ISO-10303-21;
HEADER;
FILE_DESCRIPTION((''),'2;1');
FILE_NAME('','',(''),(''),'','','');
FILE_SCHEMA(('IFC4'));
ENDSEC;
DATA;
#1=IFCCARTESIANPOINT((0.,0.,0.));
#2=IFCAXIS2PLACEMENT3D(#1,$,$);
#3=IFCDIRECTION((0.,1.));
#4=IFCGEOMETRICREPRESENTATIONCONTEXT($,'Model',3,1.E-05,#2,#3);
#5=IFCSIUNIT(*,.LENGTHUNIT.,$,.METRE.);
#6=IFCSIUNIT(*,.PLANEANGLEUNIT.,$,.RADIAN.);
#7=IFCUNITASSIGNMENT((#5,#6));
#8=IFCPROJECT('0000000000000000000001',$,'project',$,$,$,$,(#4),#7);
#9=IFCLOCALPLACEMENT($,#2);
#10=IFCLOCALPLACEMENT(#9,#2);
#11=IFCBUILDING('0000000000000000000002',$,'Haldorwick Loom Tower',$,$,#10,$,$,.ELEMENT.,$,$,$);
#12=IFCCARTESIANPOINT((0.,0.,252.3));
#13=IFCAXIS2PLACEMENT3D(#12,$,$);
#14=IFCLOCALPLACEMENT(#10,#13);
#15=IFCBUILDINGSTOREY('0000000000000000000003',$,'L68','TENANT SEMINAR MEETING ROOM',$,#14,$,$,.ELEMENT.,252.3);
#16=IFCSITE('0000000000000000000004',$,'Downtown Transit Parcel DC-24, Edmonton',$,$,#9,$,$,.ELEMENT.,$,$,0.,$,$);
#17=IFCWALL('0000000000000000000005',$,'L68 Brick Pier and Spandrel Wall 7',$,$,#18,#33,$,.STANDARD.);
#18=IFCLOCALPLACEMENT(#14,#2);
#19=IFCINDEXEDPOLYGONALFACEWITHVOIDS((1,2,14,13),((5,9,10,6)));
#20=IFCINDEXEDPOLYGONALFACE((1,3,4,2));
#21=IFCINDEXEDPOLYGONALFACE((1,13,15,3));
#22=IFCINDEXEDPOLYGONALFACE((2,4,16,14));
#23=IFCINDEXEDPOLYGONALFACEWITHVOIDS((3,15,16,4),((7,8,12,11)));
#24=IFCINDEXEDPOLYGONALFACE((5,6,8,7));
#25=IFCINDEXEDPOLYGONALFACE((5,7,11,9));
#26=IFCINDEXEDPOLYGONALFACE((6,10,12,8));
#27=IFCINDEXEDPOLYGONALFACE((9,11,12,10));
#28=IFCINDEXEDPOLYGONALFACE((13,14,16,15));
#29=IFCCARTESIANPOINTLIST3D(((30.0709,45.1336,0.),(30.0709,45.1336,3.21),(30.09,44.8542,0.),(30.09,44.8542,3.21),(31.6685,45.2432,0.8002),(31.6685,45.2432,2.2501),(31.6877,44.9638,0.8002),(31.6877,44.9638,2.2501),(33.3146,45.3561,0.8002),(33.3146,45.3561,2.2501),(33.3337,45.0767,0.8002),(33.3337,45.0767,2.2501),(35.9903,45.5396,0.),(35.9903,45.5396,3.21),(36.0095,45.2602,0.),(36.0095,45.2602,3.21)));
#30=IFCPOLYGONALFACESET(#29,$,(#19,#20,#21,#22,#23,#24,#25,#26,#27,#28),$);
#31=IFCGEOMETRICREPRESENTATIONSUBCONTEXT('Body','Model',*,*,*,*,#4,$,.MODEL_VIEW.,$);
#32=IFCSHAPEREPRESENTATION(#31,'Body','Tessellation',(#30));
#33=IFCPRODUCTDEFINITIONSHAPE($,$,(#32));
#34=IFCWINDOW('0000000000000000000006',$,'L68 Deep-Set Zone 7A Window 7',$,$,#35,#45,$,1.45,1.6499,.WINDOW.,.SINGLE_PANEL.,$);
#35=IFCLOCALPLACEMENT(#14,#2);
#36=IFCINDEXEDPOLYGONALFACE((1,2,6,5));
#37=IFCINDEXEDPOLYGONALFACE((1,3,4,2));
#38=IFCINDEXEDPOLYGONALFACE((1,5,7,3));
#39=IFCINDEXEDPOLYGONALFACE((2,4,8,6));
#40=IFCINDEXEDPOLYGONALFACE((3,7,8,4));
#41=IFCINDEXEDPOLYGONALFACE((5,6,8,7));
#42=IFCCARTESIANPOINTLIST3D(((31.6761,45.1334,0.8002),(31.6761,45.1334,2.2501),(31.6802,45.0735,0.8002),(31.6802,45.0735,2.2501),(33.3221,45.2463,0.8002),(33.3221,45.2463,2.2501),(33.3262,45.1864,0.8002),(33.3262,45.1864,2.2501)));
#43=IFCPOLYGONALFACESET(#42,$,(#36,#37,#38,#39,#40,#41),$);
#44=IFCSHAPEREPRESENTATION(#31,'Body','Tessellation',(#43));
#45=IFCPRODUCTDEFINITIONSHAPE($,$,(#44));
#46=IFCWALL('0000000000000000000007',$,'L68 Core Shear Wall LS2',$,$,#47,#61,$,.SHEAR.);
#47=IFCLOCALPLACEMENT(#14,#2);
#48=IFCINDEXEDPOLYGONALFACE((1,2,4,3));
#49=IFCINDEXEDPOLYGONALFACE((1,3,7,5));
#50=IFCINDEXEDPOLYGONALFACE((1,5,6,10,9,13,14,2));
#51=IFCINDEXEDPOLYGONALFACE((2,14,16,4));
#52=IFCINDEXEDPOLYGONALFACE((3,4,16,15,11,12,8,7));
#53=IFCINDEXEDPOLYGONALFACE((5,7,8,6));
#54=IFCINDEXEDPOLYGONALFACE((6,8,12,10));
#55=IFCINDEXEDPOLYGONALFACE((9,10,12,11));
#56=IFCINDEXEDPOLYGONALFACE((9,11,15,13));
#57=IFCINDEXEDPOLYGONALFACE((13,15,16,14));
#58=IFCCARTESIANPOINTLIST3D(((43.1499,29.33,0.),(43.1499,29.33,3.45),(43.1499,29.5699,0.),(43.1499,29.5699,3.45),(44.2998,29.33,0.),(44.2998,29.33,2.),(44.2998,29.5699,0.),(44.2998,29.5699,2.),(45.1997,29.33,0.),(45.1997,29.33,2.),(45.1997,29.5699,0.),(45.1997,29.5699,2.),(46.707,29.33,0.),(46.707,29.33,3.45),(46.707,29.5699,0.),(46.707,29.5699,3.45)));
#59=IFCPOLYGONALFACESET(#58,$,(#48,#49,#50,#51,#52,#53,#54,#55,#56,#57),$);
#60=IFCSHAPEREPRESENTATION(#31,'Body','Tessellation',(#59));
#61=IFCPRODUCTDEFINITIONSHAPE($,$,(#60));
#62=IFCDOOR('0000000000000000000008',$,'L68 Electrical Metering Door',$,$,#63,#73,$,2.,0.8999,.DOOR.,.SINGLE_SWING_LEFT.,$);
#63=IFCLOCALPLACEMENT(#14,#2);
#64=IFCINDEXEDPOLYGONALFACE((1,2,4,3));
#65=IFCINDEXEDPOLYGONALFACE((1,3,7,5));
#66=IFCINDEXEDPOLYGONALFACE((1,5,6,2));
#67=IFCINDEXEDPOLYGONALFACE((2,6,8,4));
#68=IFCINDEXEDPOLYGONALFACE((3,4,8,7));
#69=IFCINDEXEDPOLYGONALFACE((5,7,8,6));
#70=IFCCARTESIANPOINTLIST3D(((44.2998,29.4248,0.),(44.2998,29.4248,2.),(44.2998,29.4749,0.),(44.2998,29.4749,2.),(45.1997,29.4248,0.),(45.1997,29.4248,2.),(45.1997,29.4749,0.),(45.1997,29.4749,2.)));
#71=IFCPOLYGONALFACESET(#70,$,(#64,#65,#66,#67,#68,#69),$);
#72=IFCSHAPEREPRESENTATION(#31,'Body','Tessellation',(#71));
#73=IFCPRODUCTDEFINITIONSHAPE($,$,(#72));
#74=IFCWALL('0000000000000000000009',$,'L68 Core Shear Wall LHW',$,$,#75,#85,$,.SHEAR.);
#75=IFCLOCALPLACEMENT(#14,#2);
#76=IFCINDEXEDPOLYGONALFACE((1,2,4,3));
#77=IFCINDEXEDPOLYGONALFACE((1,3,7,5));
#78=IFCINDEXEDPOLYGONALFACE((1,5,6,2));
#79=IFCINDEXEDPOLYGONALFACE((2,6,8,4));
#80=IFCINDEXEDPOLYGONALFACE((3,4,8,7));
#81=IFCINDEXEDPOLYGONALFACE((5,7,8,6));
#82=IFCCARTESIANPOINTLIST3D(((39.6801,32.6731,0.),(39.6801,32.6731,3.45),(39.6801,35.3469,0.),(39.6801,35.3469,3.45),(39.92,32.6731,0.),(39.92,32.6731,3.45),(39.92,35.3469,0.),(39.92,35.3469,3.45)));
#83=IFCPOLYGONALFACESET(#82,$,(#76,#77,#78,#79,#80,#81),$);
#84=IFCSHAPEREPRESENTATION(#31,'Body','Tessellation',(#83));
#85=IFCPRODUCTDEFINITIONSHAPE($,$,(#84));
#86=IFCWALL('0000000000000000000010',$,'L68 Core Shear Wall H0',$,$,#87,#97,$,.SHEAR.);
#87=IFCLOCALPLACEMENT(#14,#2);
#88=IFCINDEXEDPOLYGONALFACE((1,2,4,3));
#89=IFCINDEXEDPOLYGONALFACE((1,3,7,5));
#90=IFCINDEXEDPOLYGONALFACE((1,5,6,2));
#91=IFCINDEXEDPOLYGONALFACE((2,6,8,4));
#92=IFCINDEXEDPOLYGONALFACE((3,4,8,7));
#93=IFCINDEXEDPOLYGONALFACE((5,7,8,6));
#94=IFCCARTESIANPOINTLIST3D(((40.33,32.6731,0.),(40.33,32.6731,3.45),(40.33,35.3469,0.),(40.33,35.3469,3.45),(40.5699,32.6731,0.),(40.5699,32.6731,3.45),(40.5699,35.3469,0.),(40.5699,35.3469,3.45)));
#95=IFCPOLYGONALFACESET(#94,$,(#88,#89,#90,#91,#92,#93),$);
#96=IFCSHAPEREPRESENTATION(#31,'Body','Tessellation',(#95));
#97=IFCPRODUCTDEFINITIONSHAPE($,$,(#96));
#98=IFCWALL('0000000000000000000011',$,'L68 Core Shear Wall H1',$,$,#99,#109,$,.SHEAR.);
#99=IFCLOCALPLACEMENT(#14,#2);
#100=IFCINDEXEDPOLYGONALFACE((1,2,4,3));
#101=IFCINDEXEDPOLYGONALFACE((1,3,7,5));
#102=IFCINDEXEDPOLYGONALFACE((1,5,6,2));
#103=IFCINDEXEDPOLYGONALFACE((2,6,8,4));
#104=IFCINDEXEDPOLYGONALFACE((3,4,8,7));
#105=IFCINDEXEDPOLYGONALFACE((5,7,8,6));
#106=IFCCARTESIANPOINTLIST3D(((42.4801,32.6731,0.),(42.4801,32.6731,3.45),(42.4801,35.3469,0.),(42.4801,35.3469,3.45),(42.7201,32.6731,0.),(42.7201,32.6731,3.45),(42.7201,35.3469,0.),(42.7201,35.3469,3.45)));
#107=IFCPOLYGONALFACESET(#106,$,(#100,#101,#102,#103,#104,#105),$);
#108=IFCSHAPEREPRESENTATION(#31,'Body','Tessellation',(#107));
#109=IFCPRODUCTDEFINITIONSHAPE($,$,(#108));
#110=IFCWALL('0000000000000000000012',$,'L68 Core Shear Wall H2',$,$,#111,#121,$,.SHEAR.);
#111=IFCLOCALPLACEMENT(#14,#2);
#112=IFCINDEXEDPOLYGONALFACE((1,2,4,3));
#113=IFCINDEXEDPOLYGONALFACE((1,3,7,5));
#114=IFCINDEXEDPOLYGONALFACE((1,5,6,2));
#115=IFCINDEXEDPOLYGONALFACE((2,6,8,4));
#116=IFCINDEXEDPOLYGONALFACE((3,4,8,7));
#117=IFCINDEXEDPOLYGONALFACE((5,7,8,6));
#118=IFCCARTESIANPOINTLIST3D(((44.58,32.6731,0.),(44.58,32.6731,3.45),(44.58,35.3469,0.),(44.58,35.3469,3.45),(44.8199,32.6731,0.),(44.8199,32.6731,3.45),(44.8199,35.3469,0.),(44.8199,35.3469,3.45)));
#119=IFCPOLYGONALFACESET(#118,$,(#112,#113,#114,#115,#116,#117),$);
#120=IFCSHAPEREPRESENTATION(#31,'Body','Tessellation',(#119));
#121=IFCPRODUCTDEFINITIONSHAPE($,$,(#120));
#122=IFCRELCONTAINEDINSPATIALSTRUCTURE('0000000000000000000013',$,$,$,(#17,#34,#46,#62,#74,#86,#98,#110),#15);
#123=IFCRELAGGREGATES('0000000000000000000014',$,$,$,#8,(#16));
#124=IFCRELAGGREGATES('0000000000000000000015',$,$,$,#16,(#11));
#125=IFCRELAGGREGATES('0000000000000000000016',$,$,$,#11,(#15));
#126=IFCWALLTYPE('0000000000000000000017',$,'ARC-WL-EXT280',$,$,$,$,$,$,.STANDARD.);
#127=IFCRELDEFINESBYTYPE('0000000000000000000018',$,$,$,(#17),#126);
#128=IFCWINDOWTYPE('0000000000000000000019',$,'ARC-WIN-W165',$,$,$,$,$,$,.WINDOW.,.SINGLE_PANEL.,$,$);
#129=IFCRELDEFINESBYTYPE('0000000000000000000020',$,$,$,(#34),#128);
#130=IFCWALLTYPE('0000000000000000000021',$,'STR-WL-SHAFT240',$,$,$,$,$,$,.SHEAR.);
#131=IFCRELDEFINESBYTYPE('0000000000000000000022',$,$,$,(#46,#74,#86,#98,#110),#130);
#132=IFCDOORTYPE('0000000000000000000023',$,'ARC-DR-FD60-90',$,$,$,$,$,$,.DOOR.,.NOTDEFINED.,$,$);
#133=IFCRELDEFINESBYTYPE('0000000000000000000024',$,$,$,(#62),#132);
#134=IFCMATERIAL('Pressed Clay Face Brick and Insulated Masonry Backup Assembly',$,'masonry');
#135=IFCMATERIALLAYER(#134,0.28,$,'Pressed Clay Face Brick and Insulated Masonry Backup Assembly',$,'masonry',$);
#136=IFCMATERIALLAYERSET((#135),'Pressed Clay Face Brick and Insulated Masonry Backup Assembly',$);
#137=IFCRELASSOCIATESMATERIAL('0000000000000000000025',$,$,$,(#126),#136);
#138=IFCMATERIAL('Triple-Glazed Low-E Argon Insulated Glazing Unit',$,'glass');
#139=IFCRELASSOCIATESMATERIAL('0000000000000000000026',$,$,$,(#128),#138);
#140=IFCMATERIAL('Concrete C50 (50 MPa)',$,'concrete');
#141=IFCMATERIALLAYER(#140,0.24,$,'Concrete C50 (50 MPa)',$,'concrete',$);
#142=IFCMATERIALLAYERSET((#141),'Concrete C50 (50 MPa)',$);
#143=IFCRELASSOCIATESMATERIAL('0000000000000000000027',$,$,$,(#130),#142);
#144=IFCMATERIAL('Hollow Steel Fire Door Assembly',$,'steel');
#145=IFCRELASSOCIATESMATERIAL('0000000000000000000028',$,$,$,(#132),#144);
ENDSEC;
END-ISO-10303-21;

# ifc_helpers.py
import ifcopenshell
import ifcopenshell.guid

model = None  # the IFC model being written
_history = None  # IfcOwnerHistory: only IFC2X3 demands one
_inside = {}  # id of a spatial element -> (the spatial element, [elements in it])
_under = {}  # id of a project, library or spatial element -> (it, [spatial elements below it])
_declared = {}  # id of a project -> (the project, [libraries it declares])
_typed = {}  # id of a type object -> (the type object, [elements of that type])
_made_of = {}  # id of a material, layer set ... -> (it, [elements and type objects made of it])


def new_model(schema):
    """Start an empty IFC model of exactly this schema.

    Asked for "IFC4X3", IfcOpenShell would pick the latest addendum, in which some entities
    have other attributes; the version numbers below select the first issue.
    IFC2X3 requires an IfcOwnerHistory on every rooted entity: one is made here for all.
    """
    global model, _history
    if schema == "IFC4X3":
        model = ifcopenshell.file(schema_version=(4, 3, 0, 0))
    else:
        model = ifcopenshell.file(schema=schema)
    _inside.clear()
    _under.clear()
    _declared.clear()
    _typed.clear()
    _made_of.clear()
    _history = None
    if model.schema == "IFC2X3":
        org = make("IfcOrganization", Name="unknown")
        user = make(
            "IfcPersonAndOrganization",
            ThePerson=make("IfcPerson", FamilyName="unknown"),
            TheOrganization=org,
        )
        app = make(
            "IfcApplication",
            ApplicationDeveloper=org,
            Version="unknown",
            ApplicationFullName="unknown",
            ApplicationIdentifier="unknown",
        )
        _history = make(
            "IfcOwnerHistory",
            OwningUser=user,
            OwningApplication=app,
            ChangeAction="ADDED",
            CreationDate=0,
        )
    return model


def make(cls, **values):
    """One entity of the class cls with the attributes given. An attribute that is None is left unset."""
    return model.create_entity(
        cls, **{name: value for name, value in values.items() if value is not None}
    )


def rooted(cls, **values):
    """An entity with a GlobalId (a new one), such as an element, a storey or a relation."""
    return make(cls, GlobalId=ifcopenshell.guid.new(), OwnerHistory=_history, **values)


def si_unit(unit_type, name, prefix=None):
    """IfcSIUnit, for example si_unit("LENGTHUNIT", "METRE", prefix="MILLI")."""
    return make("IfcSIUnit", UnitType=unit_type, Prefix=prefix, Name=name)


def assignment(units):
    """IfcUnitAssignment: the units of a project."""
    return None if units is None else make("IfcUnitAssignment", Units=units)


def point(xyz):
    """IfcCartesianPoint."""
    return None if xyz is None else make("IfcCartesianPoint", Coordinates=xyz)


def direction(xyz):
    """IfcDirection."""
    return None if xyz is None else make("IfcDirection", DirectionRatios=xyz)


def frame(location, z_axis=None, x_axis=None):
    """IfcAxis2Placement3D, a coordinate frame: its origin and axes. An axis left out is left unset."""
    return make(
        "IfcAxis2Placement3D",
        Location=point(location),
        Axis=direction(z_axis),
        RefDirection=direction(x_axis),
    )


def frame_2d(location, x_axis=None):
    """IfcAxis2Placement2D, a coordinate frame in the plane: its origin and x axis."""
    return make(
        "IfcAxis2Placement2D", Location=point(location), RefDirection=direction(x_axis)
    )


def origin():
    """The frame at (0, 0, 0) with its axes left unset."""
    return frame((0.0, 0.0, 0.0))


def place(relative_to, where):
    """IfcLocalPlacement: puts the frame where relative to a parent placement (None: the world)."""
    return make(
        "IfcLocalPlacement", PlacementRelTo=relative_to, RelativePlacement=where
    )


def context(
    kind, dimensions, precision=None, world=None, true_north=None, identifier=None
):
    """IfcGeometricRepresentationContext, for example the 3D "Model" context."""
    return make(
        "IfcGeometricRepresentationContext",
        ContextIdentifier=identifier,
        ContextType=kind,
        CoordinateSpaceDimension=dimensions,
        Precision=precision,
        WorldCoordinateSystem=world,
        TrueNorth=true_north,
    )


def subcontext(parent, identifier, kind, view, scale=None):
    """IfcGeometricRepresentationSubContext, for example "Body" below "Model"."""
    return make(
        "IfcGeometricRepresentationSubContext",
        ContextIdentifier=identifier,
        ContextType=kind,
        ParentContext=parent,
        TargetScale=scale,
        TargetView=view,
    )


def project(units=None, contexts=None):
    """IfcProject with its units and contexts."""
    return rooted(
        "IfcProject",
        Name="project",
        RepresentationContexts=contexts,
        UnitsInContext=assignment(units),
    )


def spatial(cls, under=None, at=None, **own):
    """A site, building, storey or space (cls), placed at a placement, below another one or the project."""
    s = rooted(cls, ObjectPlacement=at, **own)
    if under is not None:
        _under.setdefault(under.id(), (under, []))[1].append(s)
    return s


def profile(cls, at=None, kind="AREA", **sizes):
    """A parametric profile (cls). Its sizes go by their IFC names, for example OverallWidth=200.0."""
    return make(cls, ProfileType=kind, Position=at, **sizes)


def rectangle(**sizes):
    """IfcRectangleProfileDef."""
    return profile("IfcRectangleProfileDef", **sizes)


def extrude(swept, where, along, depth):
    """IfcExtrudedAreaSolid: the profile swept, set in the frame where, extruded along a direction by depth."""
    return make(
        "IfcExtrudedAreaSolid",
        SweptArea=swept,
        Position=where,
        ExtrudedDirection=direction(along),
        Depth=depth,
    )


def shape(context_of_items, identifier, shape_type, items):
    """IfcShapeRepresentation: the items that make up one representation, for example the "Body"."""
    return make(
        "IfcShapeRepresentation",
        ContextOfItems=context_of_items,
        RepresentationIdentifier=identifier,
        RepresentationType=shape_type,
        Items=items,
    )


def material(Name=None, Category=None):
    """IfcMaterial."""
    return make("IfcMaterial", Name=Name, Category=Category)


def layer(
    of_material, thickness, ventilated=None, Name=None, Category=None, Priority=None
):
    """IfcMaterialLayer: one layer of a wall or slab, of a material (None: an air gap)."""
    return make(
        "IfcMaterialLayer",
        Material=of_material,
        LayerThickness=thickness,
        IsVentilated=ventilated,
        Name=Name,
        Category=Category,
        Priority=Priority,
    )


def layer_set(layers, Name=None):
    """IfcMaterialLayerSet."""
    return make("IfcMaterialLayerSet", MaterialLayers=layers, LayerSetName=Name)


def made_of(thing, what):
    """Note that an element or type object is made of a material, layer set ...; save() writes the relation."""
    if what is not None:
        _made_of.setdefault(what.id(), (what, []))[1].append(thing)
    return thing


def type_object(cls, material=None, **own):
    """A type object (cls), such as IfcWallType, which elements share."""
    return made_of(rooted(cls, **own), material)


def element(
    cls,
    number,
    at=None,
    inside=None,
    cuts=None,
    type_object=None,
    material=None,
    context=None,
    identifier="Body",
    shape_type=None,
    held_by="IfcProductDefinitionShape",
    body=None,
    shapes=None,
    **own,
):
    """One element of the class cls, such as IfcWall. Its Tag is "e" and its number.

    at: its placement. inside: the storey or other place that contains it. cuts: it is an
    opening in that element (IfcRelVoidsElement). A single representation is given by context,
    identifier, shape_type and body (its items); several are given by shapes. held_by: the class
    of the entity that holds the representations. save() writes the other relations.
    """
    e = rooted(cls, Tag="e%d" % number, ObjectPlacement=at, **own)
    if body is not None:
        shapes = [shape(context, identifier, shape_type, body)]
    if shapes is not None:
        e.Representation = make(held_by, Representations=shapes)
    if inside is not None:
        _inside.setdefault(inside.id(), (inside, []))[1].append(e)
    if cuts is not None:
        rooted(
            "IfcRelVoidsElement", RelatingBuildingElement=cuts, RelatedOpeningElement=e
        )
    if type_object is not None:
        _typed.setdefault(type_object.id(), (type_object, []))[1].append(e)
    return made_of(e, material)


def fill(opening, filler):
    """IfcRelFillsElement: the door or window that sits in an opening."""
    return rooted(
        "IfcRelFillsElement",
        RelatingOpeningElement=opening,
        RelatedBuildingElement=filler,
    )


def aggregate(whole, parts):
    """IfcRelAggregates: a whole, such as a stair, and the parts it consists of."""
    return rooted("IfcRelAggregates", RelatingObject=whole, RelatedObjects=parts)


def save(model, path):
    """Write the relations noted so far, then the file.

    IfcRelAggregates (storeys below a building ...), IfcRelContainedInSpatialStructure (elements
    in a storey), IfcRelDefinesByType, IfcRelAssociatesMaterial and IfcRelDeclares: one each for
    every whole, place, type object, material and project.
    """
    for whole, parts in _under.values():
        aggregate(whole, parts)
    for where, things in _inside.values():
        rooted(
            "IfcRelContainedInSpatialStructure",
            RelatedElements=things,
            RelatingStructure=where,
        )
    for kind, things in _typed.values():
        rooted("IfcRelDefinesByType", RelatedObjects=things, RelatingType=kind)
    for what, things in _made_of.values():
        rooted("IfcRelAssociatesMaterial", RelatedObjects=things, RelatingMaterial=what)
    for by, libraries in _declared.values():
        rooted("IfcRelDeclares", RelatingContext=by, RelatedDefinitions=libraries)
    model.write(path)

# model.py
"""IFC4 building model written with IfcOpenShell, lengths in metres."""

from ifc_helpers import new_model, si_unit, direction, frame, frame_2d, origin, place, context, subcontext, project, spatial, rectangle, extrude, material, layer, layer_set, type_object, element, fill, save


model = new_model("IFC4")

# Units and contexts
model_context = context("Model", 3, precision=1e-05, world=origin(), true_north=direction((0.0, 1.0)))
body_context = subcontext(model_context, "Body", "Model", "MODEL_VIEW")
ifc_project = project(units=[si_unit("LENGTHUNIT", "METRE"), si_unit("PLANEANGLEUNIT", "RADIAN")], contexts=[model_context])

# Site, building, storey
site_placement = place(None, origin())
site = spatial("IfcSite", under=ifc_project, at=site_placement, Name="Downtown Transit Parcel DC-24, Edmonton", CompositionType="ELEMENT", RefElevation=0.0)
building_placement = place(site_placement, origin())
building = spatial("IfcBuilding", under=site, at=building_placement, Name="Haldorwick Loom Tower", CompositionType="ELEMENT")
storey_placement = place(building_placement, frame((0.0, 0.0, 252.3)))
storey = spatial("IfcBuildingStorey", under=building, at=storey_placement, Name="L68", Description="TENANT SEMINAR MEETING ROOM", CompositionType="ELEMENT", Elevation=252.3)

# Shared definitions
ifc_material_1 = material(Name="Concrete C50 (50 MPa)", Category="concrete")

# Wall, opening, window
ifc_material_2 = material(Name="Pressed Clay Face Brick and Insulated Masonry Backup Assembly", Category="masonry")
ifc_layer_1 = layer(ifc_material_2, 0.28, Name="Pressed Clay Face Brick and Insulated Masonry Backup Assembly", Category="masonry")
ifc_layer_set_1 = layer_set([ifc_layer_1], Name="Pressed Clay Face Brick and Insulated Masonry Backup Assembly")
wall_type_1 = type_object("IfcWallType", Name="ARC-WL-EXT280", PredefinedType="STANDARD", material=ifc_layer_set_1)
ifc_material_3 = material(Name="Triple-Glazed Low-E Argon Insulated Glazing Unit", Category="glass")
window_type = type_object("IfcWindowType", Name="ARC-WIN-W165", PartitioningType="SINGLE_PANEL", PredefinedType="WINDOW", material=ifc_material_3)
wall_1_placement = place(storey_placement, frame((36.0, 45.3999, 0.0), z_axis=(0.0, 0.0, 1.0), x_axis=(-0.997656, -0.068428, 0.0)))
wall_1 = element("IfcWall", 1, at=wall_1_placement, inside=storey, type_object=wall_type_1, Name="L68 Brick Pier and Spandrel Wall 7", PredefinedType="STANDARD", context=body_context, shape_type="SweptSolid", body=[
    extrude(rectangle(XDim=5.9333, YDim=0.28, at=frame_2d((2.9668, 0.0))), origin(), (0.0, 0.0, 1.0), 3.21),
])
opening_1_placement = place(wall_1_placement, frame((2.6821, 0.0, 0.8)))
opening_1 = element("IfcOpeningElement", 2, at=opening_1_placement, cuts=wall_1, PredefinedType="OPENING", context=body_context, shape_type="SweptSolid", body=[
    extrude(rectangle(XDim=1.6499, YDim=1.45, at=frame_2d((0.825, 0.7251))), frame((0.0, 0.1499, 0.0), z_axis=(0.0, -1.0, 0.0), x_axis=(1.0, 0.0, 0.0)), (0.0, 0.0, 1.0), 0.3),
])
window_1_placement = place(opening_1_placement, origin())
window_1 = element("IfcWindow", 3, at=window_1_placement, inside=storey, type_object=window_type, Name="L68 Deep-Set Zone 7A Window 7", OverallHeight=1.45, OverallWidth=1.6499, PartitioningType="SINGLE_PANEL", PredefinedType="WINDOW", context=body_context, shape_type="SweptSolid", body=[
    extrude(rectangle(XDim=1.6499, YDim=1.45, at=frame_2d((0.825, 0.7251))), frame((0.0, 0.03, 0.0), z_axis=(0.0, -1.0, 0.0), x_axis=(1.0, 0.0, 0.0)), (0.0, 0.0, 1.0), 0.0601),
])
fill(opening_1, window_1)

# Wall, opening, door
ifc_layer_2 = layer(ifc_material_1, 0.24, Name="Concrete C50 (50 MPa)", Category="concrete")
ifc_layer_set_2 = layer_set([ifc_layer_2], Name="Concrete C50 (50 MPa)")
wall_type_2 = type_object("IfcWallType", Name="STR-WL-SHAFT240", PredefinedType="SHEAR", material=ifc_layer_set_2)
wall_2_placement = place(storey_placement, frame((43.1499, 29.45, 0.0), z_axis=(0.0, 0.0, 1.0), x_axis=(1.0, 0.0, 0.0)))
wall_2 = element("IfcWall", 4, at=wall_2_placement, inside=storey, type_object=wall_type_2, Name="L68 Core Shear Wall LS2", PredefinedType="SHEAR", context=body_context, shape_type="SweptSolid", body=[
    extrude(rectangle(XDim=3.5571, YDim=0.24, at=frame_2d((1.7786, 0.0))), origin(), (0.0, 0.0, 1.0), 3.45),
])
opening_2_placement = place(wall_2_placement, frame((1.1499, 0.0, 0.0)))
opening_2 = element("IfcOpeningElement", 5, at=opening_2_placement, cuts=wall_2, PredefinedType="OPENING", context=body_context, shape_type="SweptSolid", body=[
    extrude(rectangle(XDim=0.8999, YDim=2.0, at=frame_2d((0.45, 1.0))), frame((0.0, 0.1299, 0.0), z_axis=(0.0, -1.0, 0.0), x_axis=(1.0, 0.0, 0.0)), (0.0, 0.0, 1.0), 0.26),
])
ifc_material_4 = material(Name="Hollow Steel Fire Door Assembly", Category="steel")
door_type = type_object("IfcDoorType", Name="ARC-DR-FD60-90", OperationType="NOTDEFINED", PredefinedType="DOOR", material=ifc_material_4)
door_placement = place(opening_2_placement, origin())
door = element("IfcDoor", 6, at=door_placement, inside=storey, type_object=door_type, Name="L68 Electrical Metering Door", OperationType="SINGLE_SWING_LEFT", OverallHeight=2.0, OverallWidth=0.8999, PredefinedType="DOOR", context=body_context, shape_type="SweptSolid", body=[
    extrude(rectangle(XDim=0.8999, YDim=2.0, at=frame_2d((0.45, 1.0))), frame((0.0, 0.0249, 0.0), z_axis=(0.0, -1.0, 0.0), x_axis=(1.0, 0.0, 0.0)), (0.0, 0.0, 1.0), 0.05),
])
fill(opening_2, door)

# Walls
for number, where, z_axis, x_axis, name in (
    (7, (39.8, 32.6731, 0.0), (0.0, 0.0, 1.0), (0.0, 1.0, 0.0), "L68 Core Shear Wall LHW"),
    (8, (40.45, 32.6731, 0.0), (0.0, 0.0, 1.0), (0.0, 1.0, 0.0), "L68 Core Shear Wall H0"),
    (9, (42.6001, 32.6731, 0.0), (0.0, 0.0, 1.0), (0.0, 1.0, 0.0), "L68 Core Shear Wall H1"),
    (10, (44.7, 32.6731, 0.0), (0.0, 0.0, 1.0), (0.0, 1.0, 0.0), "L68 Core Shear Wall H2"),
):
    element("IfcWall", number, at=place(storey_placement, frame(where, z_axis=z_axis, x_axis=x_axis)), inside=storey, type_object=wall_type_2, Name=name, PredefinedType="SHEAR", context=body_context, shape_type="SweptSolid", body=[
        extrude(rectangle(XDim=2.6738, YDim=0.24, at=frame_2d((1.3369, 0.0))), origin(), (0.0, 0.0, 1.0), 3.45),
    ])

save(model, "model.ifc")
